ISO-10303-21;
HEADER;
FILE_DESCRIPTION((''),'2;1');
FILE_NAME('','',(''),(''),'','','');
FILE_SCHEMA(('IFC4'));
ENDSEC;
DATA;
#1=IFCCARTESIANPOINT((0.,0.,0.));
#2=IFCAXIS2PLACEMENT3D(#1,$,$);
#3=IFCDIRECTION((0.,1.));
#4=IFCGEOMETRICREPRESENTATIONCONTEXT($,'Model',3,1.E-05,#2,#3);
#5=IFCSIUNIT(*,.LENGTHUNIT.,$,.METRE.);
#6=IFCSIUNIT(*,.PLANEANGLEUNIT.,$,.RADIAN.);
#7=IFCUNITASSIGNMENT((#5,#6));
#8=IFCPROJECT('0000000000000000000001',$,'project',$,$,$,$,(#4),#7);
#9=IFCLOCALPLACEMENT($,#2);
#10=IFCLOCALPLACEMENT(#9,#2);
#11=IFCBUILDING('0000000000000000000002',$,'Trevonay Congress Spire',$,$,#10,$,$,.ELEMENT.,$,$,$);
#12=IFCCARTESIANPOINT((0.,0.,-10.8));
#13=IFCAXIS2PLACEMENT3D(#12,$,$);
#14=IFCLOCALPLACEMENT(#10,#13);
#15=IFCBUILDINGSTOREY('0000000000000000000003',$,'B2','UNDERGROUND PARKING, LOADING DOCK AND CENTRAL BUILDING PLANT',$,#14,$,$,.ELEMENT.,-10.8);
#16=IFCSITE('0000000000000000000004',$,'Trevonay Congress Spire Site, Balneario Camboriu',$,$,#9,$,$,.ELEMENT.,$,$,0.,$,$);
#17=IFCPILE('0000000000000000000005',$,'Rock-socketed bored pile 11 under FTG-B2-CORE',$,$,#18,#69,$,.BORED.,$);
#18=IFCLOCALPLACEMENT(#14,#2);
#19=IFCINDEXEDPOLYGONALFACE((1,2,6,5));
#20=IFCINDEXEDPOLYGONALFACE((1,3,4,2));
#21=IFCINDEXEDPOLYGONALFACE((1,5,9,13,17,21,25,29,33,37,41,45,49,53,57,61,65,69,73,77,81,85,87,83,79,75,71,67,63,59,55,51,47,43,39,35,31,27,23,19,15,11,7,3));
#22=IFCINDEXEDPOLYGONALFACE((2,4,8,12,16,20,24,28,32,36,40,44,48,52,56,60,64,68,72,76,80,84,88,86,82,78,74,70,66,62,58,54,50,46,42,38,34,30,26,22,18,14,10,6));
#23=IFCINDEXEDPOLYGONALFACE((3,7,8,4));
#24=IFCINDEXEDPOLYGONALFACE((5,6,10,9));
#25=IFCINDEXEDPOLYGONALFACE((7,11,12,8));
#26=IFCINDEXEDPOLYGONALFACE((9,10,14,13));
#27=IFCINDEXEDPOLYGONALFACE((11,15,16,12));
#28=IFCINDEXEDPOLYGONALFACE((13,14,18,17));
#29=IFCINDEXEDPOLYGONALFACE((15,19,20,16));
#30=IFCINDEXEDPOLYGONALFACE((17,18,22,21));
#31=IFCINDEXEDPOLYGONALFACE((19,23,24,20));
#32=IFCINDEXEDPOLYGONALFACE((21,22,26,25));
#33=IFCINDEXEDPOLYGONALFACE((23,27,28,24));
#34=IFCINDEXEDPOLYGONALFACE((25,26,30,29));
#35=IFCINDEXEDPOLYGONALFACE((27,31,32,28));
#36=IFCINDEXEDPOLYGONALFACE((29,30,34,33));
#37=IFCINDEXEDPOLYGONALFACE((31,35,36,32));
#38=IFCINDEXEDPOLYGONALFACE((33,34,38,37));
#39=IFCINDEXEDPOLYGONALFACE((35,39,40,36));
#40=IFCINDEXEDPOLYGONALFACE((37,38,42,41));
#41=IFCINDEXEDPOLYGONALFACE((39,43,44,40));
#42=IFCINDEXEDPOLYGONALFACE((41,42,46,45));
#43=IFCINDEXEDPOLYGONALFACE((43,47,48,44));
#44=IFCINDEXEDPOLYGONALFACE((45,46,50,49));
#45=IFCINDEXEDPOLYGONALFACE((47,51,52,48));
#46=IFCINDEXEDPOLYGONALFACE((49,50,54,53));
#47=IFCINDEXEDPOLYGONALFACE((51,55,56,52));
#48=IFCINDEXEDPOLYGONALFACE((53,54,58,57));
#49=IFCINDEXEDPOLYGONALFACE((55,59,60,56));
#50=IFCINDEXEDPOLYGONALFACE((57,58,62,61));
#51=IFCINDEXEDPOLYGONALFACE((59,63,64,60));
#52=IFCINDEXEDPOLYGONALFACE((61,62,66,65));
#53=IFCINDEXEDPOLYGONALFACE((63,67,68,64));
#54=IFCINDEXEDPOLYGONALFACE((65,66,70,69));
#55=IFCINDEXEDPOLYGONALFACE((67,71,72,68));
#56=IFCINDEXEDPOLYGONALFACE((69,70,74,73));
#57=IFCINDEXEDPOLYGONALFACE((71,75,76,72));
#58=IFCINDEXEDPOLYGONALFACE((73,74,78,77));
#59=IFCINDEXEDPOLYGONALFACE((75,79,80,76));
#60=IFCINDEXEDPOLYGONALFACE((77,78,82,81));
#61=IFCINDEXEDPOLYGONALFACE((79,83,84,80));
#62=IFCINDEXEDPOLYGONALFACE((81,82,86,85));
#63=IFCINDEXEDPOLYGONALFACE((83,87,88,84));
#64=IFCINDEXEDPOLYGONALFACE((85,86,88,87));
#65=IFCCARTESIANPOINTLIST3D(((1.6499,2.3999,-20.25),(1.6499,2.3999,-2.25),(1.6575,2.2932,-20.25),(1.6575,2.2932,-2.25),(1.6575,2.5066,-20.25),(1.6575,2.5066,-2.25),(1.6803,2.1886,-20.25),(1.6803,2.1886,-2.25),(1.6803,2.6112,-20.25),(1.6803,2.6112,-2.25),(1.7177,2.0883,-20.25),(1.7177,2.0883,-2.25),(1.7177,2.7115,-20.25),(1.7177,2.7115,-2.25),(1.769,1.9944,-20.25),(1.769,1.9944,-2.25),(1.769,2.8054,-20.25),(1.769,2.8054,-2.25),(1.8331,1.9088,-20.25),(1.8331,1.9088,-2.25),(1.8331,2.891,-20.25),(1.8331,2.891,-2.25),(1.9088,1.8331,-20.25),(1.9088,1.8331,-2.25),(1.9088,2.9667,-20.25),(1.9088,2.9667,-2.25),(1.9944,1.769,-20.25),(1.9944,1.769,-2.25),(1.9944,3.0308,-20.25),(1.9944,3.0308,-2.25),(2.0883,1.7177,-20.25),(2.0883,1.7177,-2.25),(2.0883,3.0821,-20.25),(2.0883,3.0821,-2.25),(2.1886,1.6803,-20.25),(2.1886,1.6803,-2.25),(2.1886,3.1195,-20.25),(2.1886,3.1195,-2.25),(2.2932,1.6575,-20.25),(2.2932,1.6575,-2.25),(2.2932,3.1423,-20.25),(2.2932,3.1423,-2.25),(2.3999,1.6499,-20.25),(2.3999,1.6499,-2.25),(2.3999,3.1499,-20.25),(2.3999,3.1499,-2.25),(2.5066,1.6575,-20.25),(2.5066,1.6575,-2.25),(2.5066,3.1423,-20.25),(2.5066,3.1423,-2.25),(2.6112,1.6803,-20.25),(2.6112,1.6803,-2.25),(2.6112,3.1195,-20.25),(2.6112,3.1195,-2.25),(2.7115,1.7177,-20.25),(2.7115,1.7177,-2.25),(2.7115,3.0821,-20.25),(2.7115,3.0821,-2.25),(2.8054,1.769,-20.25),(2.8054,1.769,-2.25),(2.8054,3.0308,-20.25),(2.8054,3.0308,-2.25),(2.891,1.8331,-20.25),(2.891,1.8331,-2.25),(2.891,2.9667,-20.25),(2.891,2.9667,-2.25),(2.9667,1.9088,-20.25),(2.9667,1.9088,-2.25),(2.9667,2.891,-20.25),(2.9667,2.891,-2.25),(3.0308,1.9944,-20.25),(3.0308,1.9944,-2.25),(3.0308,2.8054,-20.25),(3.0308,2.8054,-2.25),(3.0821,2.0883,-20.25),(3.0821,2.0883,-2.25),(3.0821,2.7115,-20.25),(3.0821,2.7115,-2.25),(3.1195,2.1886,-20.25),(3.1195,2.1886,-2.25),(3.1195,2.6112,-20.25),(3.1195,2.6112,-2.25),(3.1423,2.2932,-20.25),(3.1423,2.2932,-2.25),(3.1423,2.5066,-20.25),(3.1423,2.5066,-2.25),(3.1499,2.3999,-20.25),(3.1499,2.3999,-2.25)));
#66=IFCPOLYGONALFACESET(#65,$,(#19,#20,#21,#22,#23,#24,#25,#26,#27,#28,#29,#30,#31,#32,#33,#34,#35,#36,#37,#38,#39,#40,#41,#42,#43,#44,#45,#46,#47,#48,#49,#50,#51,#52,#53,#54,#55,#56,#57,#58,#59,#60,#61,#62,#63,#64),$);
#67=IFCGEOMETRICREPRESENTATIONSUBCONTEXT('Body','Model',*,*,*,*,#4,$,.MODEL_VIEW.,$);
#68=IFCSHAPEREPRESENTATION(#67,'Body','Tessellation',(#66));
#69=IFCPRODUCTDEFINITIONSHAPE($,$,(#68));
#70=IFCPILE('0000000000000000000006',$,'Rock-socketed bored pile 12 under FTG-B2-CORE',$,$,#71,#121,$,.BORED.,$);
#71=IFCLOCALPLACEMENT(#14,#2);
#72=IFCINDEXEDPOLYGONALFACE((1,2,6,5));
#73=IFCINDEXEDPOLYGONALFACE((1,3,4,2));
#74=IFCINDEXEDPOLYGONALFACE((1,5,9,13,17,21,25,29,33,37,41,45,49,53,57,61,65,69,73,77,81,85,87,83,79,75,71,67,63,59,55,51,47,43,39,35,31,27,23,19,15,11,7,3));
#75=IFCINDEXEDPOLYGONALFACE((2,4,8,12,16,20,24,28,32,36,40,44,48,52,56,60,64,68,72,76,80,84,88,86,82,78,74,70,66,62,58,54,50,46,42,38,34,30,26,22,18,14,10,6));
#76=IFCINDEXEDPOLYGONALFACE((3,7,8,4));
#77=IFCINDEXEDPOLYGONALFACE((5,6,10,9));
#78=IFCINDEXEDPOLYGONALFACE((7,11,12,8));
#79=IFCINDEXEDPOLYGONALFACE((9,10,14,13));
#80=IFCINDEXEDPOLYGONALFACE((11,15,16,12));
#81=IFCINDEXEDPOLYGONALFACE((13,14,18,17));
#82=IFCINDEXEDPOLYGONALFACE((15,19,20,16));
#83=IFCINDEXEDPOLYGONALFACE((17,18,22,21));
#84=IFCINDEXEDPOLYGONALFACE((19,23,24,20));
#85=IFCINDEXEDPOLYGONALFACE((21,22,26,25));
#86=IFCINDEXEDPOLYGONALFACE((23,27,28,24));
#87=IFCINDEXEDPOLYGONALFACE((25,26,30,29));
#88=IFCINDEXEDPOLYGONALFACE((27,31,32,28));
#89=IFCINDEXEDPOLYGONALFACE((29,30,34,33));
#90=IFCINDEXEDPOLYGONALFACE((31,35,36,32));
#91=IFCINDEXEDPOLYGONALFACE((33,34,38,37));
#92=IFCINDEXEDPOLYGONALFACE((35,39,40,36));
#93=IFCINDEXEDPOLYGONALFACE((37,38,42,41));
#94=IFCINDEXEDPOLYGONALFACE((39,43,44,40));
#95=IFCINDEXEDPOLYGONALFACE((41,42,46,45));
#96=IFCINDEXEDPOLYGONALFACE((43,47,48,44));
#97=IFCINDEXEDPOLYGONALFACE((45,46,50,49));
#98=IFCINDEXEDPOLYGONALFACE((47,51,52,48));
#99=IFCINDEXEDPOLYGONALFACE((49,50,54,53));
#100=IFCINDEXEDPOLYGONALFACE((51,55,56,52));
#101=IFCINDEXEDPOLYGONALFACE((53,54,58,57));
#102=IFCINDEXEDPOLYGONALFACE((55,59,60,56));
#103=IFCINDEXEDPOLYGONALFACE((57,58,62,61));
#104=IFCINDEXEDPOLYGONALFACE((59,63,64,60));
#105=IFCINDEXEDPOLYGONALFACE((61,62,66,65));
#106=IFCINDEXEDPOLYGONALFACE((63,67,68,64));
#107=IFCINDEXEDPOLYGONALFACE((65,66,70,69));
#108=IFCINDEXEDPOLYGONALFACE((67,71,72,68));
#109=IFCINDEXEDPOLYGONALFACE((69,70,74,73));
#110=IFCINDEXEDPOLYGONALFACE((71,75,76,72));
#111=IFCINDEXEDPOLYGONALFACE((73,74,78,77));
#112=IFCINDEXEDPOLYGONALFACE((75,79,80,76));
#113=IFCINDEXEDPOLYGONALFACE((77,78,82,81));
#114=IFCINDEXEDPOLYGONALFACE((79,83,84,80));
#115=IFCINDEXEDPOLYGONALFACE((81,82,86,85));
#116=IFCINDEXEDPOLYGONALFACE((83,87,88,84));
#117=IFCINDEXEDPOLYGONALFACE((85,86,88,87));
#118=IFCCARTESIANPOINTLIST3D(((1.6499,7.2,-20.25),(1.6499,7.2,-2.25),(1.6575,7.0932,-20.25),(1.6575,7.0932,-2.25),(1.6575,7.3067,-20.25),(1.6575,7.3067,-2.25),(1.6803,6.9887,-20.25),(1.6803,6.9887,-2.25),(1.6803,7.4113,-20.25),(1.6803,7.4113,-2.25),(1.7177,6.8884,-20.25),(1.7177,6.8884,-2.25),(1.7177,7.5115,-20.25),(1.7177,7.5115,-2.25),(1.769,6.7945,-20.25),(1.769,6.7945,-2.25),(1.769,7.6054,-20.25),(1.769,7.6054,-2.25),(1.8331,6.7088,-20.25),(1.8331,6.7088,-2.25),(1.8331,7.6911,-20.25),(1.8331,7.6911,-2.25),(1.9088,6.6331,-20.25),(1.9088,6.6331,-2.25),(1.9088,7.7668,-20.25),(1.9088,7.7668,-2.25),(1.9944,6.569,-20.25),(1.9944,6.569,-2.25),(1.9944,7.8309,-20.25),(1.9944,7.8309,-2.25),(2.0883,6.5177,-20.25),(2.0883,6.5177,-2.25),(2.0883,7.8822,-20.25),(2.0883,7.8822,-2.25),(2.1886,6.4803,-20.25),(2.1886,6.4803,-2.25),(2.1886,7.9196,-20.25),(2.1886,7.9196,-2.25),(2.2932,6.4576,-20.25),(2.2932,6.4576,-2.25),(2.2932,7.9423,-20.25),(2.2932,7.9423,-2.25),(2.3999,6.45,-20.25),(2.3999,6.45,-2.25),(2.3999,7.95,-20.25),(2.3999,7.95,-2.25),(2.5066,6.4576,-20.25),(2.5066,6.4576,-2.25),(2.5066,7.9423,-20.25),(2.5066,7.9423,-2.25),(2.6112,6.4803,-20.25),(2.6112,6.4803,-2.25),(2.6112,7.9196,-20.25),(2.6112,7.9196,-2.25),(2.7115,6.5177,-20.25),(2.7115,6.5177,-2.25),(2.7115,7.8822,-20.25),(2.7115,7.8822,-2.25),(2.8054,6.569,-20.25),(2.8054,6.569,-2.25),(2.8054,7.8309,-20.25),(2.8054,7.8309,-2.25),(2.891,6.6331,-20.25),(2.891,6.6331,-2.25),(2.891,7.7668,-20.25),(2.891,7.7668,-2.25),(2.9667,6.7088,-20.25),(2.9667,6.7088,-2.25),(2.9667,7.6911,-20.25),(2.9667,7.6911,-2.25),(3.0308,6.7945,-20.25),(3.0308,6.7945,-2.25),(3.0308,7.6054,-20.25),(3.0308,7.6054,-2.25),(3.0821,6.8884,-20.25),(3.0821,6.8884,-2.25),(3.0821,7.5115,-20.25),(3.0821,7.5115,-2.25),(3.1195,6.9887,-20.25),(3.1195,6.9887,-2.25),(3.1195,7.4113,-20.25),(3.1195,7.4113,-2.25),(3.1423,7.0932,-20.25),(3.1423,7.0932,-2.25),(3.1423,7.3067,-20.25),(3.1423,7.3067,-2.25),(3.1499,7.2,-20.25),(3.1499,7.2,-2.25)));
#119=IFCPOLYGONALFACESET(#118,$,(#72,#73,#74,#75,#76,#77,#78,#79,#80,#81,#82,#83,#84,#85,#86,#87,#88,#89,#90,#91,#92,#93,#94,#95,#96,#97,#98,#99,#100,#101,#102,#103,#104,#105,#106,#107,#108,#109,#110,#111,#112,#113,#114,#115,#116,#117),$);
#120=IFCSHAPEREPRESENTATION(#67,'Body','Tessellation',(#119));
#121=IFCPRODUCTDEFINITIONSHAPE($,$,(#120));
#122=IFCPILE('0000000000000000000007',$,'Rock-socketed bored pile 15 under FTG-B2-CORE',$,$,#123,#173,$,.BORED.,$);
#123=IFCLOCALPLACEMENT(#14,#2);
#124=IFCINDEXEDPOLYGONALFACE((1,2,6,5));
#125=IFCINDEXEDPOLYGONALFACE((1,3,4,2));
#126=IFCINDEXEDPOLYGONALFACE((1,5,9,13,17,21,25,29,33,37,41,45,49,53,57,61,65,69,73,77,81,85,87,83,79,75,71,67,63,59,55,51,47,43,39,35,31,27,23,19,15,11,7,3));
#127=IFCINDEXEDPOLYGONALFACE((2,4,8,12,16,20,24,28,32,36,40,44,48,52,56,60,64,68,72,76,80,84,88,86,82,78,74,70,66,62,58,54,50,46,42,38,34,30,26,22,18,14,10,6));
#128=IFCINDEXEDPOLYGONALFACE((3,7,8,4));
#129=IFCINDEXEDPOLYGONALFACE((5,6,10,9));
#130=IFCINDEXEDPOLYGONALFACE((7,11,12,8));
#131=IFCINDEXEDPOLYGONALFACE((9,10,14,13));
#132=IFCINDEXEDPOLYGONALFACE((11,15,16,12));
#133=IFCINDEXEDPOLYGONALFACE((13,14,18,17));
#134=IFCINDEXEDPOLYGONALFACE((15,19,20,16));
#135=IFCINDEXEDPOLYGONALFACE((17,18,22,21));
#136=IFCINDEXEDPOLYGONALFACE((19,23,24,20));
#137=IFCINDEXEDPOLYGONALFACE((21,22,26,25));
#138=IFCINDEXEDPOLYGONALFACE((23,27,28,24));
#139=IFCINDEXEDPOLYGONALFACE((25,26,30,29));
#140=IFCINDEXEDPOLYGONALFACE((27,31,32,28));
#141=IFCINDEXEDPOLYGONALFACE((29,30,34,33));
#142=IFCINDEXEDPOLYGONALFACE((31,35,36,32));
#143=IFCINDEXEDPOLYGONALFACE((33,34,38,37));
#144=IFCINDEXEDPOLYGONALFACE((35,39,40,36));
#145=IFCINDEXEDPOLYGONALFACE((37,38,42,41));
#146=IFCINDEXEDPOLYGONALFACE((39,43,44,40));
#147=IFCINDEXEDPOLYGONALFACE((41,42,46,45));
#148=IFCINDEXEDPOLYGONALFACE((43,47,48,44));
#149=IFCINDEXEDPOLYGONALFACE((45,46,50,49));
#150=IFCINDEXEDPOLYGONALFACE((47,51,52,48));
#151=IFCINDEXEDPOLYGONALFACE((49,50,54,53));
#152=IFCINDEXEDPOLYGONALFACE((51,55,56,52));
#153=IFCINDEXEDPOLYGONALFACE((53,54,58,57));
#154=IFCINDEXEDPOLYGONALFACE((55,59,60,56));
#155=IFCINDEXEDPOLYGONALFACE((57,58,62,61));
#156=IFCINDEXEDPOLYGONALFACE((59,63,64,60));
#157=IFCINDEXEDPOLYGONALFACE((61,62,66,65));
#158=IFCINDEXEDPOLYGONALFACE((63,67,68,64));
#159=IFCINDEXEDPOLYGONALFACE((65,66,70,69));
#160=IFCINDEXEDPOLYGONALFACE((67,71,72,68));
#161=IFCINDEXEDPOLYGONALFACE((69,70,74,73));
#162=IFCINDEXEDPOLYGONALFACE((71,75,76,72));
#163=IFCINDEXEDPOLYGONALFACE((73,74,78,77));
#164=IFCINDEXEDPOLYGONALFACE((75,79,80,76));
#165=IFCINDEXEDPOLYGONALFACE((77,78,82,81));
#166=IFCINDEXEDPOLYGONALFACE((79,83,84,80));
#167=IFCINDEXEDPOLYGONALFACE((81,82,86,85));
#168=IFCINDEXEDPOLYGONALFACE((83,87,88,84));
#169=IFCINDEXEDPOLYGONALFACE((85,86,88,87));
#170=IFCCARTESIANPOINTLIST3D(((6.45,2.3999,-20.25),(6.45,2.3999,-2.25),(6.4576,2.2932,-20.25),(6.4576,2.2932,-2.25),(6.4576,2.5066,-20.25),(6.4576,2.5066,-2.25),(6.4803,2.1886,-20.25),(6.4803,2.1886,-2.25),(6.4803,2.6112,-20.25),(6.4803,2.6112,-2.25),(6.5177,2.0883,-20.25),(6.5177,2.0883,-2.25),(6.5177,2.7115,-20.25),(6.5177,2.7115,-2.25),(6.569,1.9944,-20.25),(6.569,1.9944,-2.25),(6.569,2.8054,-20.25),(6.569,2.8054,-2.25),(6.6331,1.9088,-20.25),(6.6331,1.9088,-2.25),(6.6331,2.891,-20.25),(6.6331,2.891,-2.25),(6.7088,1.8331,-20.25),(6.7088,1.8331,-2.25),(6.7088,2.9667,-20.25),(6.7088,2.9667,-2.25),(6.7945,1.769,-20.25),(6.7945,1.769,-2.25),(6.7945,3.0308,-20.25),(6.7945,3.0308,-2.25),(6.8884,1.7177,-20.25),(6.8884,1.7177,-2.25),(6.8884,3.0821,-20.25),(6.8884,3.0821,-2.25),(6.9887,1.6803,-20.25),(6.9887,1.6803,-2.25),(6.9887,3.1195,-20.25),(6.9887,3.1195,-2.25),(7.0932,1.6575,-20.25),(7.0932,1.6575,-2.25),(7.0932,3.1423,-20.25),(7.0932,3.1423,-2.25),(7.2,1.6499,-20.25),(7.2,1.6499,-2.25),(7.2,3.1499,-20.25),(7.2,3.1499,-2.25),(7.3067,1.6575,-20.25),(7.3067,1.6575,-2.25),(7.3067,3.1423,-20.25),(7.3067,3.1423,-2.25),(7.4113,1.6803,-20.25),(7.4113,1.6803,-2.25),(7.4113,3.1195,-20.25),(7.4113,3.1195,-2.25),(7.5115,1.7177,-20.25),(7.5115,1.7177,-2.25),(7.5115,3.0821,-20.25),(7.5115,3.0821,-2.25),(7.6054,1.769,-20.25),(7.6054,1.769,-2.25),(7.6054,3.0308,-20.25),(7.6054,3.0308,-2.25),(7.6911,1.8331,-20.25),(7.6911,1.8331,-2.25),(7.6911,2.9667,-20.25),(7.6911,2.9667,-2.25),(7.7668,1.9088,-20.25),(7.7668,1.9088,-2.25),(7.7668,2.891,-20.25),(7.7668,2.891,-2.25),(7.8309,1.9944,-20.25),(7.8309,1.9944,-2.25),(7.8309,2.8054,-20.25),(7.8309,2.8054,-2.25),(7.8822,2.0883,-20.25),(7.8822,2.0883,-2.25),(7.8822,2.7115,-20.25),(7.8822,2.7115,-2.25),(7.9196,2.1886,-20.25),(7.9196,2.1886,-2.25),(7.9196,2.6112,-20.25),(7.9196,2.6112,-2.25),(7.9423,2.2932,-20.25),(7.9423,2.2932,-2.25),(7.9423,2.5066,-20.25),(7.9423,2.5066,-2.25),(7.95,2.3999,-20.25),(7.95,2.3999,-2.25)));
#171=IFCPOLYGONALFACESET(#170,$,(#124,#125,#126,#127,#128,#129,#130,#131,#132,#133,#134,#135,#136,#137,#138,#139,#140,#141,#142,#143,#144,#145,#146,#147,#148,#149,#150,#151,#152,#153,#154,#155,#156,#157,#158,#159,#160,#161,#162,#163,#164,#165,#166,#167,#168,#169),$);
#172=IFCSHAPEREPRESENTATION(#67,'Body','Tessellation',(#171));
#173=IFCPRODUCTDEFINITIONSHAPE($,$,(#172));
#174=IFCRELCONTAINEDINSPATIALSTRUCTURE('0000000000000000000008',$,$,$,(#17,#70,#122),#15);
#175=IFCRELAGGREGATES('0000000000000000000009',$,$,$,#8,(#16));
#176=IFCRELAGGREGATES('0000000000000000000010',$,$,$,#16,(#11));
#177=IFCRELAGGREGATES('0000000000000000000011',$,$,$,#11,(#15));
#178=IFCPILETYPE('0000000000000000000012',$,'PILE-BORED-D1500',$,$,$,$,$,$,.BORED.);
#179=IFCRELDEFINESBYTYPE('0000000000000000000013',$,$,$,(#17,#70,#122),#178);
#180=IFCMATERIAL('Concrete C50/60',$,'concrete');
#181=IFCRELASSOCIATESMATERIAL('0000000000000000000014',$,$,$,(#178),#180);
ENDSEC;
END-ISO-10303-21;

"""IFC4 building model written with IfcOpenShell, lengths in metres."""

from ifc_helpers import new_model, si_unit, direction, frame, origin, origin_2d, place, context, subcontext, project, spatial, circle, extrude, material, material_profile, profile_set, type_object, element, save


model = new_model("IFC4")

# Units and contexts
model_context = context("Model", 3, precision=1e-05, world=origin(), true_north=direction((0.0, 1.0)))
body_context = subcontext(model_context, "Body", "Model", "MODEL_VIEW")
ifc_project = project(units=[si_unit("LENGTHUNIT", "METRE"), si_unit("PLANEANGLEUNIT", "RADIAN")], contexts=[model_context])

# Site, building, storey
site_placement = place(None, origin())
site = spatial("IfcSite", under=ifc_project, at=site_placement, Name="Trevonay Congress Spire Site, Balneario Camboriu", CompositionType="ELEMENT", RefElevation=0.0)
building_placement = place(site_placement, origin())
building = spatial("IfcBuilding", under=site, at=building_placement, Name="Trevonay Congress Spire", CompositionType="ELEMENT")
storey_placement = place(building_placement, frame((0.0, 0.0, -10.8)))
storey = spatial("IfcBuildingStorey", under=building, at=storey_placement, Name="B2", Description="UNDERGROUND PARKING, LOADING DOCK AND CENTRAL BUILDING PLANT", CompositionType="ELEMENT", Elevation=-10.8)

# Piles
ifc_material_1 = material(Name="Concrete C50/60", Category="concrete")
ifc_material_profile_1 = material_profile(ifc_material_1, circle(Radius=0.75, at=origin_2d()), Name="PILE D1500")
ifc_profile_set_1 = profile_set([ifc_material_profile_1], Name="Concrete C50/60")
pile_type = type_object("IfcPileType", Name="PILE-BORED-D1500", PredefinedType="BORED", material=ifc_profile_set_1)
for number, where, z_axis, x_axis, name in (
    (1, (2.3999, 2.3999, -2.25), (0.0, 0.0, -1.0), (1.0, 0.0, 0.0), "Rock-socketed bored pile 11 under FTG-B2-CORE"),
    (2, (2.3999, 7.2, -2.25), (0.0, 0.0, -1.0), (1.0, 0.0, 0.0), "Rock-socketed bored pile 12 under FTG-B2-CORE"),
    (3, (7.2, 2.3999, -2.25), (0.0, 0.0, -1.0), (1.0, 0.0, 0.0), "Rock-socketed bored pile 15 under FTG-B2-CORE"),
):
    element("IfcPile", number, at=place(storey_placement, frame(where, z_axis=z_axis, x_axis=x_axis)), inside=storey, type_object=pile_type, Name=name, PredefinedType="BORED", context=body_context, shape_type="SweptSolid", body=[
        extrude(circle(Radius=0.75, at=origin_2d()), origin(), (0.0, 0.0, 1.0), 18.0),
    ])

save(model, "model.ifc")
